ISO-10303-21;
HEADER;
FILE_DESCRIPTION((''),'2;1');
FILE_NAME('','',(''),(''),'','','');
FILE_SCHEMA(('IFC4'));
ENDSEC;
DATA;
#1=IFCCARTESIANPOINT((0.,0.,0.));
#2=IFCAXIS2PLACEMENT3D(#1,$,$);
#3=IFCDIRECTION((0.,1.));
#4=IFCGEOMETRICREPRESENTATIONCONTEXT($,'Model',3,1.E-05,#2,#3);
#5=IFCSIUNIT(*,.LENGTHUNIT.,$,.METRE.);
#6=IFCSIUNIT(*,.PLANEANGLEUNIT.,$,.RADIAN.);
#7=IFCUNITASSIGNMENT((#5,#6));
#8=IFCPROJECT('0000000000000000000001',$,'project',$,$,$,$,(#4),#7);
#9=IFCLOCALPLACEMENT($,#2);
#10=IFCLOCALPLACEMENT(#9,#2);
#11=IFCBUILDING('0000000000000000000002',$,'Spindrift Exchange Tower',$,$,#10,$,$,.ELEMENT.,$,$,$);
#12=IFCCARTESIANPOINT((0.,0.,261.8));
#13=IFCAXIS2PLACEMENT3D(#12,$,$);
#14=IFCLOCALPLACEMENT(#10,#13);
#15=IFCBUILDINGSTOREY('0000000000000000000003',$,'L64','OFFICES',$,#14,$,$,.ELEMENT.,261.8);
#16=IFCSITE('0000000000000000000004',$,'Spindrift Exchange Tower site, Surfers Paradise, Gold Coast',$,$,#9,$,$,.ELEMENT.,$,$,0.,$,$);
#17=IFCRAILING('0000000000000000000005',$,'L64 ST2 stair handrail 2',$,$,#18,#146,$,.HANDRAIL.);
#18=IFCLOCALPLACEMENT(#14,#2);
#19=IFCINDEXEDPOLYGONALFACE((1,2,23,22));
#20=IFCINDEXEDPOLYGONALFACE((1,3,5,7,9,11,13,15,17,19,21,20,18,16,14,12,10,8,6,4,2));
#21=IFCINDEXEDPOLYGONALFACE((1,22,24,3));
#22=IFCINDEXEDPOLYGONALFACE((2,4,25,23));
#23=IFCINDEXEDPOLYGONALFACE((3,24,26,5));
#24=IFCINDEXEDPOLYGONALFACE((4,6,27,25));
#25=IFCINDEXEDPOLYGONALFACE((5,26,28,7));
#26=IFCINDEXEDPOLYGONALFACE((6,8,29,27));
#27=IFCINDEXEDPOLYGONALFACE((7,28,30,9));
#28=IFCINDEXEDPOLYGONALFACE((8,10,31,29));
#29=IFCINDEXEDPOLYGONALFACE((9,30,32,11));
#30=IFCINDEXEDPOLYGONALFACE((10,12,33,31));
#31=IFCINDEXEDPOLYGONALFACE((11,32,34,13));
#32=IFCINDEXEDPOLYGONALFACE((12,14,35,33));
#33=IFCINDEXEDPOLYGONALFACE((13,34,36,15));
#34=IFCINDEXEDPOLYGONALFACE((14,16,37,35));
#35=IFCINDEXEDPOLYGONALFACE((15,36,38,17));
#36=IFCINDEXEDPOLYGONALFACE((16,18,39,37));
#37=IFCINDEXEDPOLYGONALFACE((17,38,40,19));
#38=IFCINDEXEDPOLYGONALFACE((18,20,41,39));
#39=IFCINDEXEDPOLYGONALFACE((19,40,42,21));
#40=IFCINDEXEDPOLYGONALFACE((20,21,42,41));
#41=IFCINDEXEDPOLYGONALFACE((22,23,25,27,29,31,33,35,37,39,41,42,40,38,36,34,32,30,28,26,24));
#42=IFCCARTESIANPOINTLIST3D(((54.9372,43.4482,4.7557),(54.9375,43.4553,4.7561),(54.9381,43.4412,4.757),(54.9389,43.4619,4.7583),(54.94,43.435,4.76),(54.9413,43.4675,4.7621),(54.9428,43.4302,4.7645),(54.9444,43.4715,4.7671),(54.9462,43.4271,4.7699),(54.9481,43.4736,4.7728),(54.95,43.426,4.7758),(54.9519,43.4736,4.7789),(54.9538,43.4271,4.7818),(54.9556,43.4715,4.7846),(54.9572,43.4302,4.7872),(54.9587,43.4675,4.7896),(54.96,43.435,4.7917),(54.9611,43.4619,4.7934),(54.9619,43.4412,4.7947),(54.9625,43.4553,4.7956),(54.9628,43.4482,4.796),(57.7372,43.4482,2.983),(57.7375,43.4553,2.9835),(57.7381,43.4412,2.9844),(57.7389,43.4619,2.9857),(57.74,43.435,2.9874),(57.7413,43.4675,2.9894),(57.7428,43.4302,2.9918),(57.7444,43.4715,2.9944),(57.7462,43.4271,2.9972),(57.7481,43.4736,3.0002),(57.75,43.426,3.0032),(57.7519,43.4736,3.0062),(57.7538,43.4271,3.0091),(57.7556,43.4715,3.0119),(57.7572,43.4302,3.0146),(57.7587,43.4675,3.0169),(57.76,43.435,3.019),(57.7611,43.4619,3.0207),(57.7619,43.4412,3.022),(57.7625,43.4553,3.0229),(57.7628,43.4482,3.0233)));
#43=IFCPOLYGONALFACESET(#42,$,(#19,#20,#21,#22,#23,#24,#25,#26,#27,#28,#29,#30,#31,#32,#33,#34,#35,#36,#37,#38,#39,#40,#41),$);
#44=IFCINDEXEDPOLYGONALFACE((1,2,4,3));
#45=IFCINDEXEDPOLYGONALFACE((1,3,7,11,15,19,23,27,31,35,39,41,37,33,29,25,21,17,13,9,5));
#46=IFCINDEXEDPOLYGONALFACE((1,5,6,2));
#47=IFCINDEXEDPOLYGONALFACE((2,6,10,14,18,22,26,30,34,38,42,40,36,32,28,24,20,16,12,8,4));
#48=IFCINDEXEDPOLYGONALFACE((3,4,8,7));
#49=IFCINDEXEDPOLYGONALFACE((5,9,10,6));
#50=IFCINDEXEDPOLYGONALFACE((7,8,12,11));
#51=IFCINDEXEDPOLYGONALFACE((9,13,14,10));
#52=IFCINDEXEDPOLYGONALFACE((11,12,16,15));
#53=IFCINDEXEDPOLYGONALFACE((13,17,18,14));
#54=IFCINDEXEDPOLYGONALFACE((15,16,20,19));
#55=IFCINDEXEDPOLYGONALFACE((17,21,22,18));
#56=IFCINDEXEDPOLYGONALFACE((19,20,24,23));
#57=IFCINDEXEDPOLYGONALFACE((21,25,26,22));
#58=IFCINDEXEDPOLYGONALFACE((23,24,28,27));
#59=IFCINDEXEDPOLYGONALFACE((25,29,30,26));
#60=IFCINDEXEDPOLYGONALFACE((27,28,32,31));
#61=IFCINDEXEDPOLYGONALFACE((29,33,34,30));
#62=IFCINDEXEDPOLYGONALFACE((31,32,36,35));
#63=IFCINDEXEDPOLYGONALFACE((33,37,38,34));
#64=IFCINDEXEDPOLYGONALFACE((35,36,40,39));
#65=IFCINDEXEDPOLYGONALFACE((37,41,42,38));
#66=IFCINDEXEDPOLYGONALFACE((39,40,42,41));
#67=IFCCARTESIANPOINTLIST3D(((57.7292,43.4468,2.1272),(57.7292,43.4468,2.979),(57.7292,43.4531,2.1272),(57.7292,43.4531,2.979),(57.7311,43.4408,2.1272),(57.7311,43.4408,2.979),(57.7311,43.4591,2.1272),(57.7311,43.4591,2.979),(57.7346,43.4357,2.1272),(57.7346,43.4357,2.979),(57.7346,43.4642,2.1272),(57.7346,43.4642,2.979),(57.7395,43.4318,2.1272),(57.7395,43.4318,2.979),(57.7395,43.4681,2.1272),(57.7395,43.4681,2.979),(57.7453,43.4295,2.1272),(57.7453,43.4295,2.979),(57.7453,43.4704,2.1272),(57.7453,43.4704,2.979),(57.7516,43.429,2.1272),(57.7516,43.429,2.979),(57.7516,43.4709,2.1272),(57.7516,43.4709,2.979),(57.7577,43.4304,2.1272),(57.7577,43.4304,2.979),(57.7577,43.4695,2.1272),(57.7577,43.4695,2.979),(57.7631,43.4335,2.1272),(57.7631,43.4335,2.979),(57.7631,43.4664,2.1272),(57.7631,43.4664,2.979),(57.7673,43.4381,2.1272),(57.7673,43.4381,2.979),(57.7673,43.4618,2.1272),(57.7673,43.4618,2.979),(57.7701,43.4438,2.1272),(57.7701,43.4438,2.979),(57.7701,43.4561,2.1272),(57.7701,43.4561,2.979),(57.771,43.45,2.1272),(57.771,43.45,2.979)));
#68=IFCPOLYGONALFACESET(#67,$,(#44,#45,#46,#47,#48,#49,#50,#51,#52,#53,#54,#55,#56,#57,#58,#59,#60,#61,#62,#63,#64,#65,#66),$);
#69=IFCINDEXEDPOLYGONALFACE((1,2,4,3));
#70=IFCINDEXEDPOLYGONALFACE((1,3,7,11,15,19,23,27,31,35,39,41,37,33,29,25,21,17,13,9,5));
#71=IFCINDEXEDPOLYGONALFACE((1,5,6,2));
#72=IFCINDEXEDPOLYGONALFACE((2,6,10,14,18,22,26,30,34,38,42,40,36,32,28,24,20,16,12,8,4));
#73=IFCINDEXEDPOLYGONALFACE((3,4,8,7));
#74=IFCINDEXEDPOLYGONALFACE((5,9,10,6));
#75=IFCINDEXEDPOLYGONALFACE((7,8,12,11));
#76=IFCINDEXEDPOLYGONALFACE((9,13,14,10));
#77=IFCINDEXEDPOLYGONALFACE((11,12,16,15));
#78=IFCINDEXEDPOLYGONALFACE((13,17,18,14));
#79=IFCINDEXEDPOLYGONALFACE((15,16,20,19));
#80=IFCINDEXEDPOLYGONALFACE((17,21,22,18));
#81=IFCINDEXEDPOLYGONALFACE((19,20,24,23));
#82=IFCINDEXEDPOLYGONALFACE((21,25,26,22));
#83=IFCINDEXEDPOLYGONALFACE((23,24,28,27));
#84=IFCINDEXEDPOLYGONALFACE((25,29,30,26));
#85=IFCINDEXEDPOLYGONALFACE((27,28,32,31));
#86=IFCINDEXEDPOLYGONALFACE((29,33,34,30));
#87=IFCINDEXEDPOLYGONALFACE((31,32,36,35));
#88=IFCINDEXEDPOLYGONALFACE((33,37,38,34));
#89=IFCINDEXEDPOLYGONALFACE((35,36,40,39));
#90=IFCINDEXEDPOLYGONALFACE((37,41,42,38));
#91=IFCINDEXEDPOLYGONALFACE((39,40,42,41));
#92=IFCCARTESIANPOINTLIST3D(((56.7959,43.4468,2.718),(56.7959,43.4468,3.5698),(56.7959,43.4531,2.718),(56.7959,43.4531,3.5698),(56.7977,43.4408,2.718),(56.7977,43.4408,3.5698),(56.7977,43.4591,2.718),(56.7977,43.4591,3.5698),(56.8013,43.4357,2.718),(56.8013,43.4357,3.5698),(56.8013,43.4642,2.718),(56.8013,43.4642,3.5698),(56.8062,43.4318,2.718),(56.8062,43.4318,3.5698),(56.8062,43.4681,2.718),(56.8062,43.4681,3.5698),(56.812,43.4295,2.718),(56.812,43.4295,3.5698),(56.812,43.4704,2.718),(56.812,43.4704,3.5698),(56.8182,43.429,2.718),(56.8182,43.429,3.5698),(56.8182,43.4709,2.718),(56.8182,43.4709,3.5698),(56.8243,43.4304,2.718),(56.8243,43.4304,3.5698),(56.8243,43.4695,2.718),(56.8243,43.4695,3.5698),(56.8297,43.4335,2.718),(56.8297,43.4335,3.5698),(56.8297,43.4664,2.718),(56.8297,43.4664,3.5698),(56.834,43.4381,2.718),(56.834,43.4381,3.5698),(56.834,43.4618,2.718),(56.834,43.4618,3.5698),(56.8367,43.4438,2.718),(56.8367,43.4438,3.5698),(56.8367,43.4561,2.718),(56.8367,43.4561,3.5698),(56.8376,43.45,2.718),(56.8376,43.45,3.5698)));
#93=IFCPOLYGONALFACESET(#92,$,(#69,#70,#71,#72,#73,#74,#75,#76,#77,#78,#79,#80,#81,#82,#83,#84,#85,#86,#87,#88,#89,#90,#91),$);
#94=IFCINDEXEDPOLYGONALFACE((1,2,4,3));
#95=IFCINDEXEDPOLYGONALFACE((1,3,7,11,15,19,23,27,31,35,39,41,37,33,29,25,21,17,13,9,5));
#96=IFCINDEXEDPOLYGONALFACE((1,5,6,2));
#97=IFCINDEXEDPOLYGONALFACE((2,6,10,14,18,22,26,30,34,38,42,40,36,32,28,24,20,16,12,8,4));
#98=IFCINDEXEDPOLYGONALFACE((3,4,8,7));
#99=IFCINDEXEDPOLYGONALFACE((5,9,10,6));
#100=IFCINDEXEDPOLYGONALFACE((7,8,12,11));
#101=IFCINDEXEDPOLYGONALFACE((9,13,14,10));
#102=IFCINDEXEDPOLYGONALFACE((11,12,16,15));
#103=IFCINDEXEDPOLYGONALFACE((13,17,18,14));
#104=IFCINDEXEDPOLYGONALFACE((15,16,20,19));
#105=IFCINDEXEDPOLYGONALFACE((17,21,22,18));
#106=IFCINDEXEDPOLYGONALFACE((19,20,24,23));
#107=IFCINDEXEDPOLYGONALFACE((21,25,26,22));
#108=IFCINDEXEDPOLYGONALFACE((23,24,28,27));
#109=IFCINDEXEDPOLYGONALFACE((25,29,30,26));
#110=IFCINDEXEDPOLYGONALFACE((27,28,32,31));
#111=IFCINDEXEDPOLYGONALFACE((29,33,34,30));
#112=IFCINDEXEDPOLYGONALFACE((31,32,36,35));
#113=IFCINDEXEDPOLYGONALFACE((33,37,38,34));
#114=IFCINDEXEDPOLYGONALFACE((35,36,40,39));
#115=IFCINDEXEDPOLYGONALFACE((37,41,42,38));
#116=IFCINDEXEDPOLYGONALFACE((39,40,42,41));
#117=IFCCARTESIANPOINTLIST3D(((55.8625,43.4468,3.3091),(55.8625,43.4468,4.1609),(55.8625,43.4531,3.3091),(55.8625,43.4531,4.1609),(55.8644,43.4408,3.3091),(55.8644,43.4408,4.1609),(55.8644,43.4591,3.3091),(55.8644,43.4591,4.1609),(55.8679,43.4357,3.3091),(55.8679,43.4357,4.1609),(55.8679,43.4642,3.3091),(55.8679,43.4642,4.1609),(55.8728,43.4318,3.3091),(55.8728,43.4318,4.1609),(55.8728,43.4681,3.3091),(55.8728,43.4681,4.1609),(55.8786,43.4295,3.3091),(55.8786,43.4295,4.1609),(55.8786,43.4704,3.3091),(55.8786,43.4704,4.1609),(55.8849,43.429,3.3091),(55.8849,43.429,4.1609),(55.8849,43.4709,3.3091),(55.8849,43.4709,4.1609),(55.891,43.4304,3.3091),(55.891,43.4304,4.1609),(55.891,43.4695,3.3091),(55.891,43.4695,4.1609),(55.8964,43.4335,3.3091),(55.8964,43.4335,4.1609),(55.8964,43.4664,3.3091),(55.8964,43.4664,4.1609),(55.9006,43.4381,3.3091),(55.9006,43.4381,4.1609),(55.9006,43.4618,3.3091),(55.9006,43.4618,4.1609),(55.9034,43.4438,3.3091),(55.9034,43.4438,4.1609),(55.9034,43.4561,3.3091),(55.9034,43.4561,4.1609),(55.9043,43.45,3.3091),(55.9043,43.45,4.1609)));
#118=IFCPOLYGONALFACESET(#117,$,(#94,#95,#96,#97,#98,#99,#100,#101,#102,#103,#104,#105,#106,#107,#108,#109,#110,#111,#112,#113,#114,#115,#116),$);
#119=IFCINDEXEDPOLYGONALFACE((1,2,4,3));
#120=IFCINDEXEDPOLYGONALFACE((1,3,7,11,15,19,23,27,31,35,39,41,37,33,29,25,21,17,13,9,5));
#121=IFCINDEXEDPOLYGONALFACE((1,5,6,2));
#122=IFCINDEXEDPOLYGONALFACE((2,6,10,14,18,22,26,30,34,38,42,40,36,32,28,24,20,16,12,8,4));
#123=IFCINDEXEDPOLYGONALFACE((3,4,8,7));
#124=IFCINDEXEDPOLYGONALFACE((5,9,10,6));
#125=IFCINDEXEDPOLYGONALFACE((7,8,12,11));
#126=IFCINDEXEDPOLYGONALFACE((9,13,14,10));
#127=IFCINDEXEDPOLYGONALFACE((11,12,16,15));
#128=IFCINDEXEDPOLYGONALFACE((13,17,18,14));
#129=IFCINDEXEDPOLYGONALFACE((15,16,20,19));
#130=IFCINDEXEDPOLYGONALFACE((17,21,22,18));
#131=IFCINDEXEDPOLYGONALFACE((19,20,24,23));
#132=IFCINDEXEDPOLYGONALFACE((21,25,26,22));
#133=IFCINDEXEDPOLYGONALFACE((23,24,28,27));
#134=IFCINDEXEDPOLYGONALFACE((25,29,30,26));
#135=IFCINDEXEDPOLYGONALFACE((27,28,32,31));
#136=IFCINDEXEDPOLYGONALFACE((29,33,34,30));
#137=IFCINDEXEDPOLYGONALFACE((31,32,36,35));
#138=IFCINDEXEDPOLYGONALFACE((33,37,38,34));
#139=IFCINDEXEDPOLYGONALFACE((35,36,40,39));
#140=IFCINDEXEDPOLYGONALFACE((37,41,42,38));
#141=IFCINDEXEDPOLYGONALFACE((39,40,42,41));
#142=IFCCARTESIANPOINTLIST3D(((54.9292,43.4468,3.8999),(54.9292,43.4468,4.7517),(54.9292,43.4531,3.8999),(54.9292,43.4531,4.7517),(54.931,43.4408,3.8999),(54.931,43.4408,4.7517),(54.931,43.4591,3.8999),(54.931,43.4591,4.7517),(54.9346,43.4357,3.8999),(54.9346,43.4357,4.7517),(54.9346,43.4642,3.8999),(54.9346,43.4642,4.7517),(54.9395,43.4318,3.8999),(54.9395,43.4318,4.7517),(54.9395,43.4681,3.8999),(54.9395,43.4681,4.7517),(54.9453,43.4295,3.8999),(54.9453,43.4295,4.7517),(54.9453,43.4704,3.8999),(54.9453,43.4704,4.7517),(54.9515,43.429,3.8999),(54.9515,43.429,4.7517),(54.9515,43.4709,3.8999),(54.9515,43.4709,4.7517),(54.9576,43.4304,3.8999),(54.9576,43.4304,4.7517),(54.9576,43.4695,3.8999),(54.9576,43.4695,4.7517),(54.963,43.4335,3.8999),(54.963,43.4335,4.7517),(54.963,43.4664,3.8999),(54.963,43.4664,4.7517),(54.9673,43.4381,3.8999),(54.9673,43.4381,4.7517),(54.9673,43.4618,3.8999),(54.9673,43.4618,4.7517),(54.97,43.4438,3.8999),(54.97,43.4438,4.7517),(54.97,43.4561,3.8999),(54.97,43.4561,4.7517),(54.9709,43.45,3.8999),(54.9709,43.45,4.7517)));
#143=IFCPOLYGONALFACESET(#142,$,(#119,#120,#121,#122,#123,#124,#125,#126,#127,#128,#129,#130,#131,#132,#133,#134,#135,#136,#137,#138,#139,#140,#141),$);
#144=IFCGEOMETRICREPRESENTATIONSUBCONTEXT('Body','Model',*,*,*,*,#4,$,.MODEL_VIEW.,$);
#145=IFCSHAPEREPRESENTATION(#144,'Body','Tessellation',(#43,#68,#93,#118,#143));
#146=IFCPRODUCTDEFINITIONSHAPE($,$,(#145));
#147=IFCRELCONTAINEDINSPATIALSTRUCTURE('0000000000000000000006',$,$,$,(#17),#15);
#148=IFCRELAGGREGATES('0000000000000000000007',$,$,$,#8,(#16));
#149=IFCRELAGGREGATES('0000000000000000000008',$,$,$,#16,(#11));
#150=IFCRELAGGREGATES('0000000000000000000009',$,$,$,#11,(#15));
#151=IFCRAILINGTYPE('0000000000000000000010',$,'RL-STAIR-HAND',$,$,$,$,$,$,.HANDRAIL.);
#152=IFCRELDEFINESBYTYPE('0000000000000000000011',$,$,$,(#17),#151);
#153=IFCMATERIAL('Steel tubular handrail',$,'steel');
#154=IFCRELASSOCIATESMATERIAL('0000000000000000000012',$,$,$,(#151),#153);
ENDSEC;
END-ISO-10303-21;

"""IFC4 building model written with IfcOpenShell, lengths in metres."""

from ifc_helpers import new_model, si_unit, direction, frame, origin, origin_2d, place, context, subcontext, project, spatial, circle, extrude, material, type_object, element, save


model = new_model("IFC4")

# Units and contexts
model_context = context("Model", 3, precision=1e-05, world=origin(), true_north=direction((0.0, 1.0)))
body_context = subcontext(model_context, "Body", "Model", "MODEL_VIEW")
ifc_project = project(units=[si_unit("LENGTHUNIT", "METRE"), si_unit("PLANEANGLEUNIT", "RADIAN")], contexts=[model_context])

# Site, building, storey
site_placement = place(None, origin())
site = spatial("IfcSite", under=ifc_project, at=site_placement, Name="Spindrift Exchange Tower site, Surfers Paradise, Gold Coast", CompositionType="ELEMENT", RefElevation=0.0)
building_placement = place(site_placement, origin())
building = spatial("IfcBuilding", under=site, at=building_placement, Name="Spindrift Exchange Tower", CompositionType="ELEMENT")
storey_placement = place(building_placement, frame((0.0, 0.0, 261.8)))
storey = spatial("IfcBuildingStorey", under=building, at=storey_placement, Name="L64", Description="OFFICES", CompositionType="ELEMENT", Elevation=261.8)

# Railing
ifc_material_1 = material(Name="Steel tubular handrail", Category="steel")
railing_type_1 = type_object("IfcRailingType", Name="RL-STAIR-HAND", PredefinedType="HANDRAIL", material=ifc_material_1)
railing_1_placement = place(storey_placement, frame((57.75, 43.45, 2.1272)))
element("IfcRailing", 1, at=railing_1_placement, inside=storey, type_object=railing_type_1, Name="L64 ST2 stair handrail 2", PredefinedType="HANDRAIL", context=body_context, shape_type="SweptSolid", body=[
    extrude(circle(Radius=0.0239, at=origin_2d()), frame((0.0, 0.0, 0.876), z_axis=(-0.844909, 0.0, 0.53491), x_axis=(0.0, -1.0, 0.0)), (0.0, 0.0, 1.0), 3.314),
    extrude(circle(Radius=0.021, at=origin_2d()), origin(), (0.0, 0.0, 1.0), 0.8518),
    extrude(circle(Radius=0.021, at=origin_2d()), frame((-0.9333, 0.0, 0.5908)), (0.0, 0.0, 1.0), 0.8518),
    extrude(circle(Radius=0.021, at=origin_2d()), frame((-1.8667, 0.0, 1.1819)), (0.0, 0.0, 1.0), 0.8518),
    extrude(circle(Radius=0.021, at=origin_2d()), frame((-2.8, 0.0, 1.7727)), (0.0, 0.0, 1.0), 0.8518),
])

save(model, "model.ifc")
